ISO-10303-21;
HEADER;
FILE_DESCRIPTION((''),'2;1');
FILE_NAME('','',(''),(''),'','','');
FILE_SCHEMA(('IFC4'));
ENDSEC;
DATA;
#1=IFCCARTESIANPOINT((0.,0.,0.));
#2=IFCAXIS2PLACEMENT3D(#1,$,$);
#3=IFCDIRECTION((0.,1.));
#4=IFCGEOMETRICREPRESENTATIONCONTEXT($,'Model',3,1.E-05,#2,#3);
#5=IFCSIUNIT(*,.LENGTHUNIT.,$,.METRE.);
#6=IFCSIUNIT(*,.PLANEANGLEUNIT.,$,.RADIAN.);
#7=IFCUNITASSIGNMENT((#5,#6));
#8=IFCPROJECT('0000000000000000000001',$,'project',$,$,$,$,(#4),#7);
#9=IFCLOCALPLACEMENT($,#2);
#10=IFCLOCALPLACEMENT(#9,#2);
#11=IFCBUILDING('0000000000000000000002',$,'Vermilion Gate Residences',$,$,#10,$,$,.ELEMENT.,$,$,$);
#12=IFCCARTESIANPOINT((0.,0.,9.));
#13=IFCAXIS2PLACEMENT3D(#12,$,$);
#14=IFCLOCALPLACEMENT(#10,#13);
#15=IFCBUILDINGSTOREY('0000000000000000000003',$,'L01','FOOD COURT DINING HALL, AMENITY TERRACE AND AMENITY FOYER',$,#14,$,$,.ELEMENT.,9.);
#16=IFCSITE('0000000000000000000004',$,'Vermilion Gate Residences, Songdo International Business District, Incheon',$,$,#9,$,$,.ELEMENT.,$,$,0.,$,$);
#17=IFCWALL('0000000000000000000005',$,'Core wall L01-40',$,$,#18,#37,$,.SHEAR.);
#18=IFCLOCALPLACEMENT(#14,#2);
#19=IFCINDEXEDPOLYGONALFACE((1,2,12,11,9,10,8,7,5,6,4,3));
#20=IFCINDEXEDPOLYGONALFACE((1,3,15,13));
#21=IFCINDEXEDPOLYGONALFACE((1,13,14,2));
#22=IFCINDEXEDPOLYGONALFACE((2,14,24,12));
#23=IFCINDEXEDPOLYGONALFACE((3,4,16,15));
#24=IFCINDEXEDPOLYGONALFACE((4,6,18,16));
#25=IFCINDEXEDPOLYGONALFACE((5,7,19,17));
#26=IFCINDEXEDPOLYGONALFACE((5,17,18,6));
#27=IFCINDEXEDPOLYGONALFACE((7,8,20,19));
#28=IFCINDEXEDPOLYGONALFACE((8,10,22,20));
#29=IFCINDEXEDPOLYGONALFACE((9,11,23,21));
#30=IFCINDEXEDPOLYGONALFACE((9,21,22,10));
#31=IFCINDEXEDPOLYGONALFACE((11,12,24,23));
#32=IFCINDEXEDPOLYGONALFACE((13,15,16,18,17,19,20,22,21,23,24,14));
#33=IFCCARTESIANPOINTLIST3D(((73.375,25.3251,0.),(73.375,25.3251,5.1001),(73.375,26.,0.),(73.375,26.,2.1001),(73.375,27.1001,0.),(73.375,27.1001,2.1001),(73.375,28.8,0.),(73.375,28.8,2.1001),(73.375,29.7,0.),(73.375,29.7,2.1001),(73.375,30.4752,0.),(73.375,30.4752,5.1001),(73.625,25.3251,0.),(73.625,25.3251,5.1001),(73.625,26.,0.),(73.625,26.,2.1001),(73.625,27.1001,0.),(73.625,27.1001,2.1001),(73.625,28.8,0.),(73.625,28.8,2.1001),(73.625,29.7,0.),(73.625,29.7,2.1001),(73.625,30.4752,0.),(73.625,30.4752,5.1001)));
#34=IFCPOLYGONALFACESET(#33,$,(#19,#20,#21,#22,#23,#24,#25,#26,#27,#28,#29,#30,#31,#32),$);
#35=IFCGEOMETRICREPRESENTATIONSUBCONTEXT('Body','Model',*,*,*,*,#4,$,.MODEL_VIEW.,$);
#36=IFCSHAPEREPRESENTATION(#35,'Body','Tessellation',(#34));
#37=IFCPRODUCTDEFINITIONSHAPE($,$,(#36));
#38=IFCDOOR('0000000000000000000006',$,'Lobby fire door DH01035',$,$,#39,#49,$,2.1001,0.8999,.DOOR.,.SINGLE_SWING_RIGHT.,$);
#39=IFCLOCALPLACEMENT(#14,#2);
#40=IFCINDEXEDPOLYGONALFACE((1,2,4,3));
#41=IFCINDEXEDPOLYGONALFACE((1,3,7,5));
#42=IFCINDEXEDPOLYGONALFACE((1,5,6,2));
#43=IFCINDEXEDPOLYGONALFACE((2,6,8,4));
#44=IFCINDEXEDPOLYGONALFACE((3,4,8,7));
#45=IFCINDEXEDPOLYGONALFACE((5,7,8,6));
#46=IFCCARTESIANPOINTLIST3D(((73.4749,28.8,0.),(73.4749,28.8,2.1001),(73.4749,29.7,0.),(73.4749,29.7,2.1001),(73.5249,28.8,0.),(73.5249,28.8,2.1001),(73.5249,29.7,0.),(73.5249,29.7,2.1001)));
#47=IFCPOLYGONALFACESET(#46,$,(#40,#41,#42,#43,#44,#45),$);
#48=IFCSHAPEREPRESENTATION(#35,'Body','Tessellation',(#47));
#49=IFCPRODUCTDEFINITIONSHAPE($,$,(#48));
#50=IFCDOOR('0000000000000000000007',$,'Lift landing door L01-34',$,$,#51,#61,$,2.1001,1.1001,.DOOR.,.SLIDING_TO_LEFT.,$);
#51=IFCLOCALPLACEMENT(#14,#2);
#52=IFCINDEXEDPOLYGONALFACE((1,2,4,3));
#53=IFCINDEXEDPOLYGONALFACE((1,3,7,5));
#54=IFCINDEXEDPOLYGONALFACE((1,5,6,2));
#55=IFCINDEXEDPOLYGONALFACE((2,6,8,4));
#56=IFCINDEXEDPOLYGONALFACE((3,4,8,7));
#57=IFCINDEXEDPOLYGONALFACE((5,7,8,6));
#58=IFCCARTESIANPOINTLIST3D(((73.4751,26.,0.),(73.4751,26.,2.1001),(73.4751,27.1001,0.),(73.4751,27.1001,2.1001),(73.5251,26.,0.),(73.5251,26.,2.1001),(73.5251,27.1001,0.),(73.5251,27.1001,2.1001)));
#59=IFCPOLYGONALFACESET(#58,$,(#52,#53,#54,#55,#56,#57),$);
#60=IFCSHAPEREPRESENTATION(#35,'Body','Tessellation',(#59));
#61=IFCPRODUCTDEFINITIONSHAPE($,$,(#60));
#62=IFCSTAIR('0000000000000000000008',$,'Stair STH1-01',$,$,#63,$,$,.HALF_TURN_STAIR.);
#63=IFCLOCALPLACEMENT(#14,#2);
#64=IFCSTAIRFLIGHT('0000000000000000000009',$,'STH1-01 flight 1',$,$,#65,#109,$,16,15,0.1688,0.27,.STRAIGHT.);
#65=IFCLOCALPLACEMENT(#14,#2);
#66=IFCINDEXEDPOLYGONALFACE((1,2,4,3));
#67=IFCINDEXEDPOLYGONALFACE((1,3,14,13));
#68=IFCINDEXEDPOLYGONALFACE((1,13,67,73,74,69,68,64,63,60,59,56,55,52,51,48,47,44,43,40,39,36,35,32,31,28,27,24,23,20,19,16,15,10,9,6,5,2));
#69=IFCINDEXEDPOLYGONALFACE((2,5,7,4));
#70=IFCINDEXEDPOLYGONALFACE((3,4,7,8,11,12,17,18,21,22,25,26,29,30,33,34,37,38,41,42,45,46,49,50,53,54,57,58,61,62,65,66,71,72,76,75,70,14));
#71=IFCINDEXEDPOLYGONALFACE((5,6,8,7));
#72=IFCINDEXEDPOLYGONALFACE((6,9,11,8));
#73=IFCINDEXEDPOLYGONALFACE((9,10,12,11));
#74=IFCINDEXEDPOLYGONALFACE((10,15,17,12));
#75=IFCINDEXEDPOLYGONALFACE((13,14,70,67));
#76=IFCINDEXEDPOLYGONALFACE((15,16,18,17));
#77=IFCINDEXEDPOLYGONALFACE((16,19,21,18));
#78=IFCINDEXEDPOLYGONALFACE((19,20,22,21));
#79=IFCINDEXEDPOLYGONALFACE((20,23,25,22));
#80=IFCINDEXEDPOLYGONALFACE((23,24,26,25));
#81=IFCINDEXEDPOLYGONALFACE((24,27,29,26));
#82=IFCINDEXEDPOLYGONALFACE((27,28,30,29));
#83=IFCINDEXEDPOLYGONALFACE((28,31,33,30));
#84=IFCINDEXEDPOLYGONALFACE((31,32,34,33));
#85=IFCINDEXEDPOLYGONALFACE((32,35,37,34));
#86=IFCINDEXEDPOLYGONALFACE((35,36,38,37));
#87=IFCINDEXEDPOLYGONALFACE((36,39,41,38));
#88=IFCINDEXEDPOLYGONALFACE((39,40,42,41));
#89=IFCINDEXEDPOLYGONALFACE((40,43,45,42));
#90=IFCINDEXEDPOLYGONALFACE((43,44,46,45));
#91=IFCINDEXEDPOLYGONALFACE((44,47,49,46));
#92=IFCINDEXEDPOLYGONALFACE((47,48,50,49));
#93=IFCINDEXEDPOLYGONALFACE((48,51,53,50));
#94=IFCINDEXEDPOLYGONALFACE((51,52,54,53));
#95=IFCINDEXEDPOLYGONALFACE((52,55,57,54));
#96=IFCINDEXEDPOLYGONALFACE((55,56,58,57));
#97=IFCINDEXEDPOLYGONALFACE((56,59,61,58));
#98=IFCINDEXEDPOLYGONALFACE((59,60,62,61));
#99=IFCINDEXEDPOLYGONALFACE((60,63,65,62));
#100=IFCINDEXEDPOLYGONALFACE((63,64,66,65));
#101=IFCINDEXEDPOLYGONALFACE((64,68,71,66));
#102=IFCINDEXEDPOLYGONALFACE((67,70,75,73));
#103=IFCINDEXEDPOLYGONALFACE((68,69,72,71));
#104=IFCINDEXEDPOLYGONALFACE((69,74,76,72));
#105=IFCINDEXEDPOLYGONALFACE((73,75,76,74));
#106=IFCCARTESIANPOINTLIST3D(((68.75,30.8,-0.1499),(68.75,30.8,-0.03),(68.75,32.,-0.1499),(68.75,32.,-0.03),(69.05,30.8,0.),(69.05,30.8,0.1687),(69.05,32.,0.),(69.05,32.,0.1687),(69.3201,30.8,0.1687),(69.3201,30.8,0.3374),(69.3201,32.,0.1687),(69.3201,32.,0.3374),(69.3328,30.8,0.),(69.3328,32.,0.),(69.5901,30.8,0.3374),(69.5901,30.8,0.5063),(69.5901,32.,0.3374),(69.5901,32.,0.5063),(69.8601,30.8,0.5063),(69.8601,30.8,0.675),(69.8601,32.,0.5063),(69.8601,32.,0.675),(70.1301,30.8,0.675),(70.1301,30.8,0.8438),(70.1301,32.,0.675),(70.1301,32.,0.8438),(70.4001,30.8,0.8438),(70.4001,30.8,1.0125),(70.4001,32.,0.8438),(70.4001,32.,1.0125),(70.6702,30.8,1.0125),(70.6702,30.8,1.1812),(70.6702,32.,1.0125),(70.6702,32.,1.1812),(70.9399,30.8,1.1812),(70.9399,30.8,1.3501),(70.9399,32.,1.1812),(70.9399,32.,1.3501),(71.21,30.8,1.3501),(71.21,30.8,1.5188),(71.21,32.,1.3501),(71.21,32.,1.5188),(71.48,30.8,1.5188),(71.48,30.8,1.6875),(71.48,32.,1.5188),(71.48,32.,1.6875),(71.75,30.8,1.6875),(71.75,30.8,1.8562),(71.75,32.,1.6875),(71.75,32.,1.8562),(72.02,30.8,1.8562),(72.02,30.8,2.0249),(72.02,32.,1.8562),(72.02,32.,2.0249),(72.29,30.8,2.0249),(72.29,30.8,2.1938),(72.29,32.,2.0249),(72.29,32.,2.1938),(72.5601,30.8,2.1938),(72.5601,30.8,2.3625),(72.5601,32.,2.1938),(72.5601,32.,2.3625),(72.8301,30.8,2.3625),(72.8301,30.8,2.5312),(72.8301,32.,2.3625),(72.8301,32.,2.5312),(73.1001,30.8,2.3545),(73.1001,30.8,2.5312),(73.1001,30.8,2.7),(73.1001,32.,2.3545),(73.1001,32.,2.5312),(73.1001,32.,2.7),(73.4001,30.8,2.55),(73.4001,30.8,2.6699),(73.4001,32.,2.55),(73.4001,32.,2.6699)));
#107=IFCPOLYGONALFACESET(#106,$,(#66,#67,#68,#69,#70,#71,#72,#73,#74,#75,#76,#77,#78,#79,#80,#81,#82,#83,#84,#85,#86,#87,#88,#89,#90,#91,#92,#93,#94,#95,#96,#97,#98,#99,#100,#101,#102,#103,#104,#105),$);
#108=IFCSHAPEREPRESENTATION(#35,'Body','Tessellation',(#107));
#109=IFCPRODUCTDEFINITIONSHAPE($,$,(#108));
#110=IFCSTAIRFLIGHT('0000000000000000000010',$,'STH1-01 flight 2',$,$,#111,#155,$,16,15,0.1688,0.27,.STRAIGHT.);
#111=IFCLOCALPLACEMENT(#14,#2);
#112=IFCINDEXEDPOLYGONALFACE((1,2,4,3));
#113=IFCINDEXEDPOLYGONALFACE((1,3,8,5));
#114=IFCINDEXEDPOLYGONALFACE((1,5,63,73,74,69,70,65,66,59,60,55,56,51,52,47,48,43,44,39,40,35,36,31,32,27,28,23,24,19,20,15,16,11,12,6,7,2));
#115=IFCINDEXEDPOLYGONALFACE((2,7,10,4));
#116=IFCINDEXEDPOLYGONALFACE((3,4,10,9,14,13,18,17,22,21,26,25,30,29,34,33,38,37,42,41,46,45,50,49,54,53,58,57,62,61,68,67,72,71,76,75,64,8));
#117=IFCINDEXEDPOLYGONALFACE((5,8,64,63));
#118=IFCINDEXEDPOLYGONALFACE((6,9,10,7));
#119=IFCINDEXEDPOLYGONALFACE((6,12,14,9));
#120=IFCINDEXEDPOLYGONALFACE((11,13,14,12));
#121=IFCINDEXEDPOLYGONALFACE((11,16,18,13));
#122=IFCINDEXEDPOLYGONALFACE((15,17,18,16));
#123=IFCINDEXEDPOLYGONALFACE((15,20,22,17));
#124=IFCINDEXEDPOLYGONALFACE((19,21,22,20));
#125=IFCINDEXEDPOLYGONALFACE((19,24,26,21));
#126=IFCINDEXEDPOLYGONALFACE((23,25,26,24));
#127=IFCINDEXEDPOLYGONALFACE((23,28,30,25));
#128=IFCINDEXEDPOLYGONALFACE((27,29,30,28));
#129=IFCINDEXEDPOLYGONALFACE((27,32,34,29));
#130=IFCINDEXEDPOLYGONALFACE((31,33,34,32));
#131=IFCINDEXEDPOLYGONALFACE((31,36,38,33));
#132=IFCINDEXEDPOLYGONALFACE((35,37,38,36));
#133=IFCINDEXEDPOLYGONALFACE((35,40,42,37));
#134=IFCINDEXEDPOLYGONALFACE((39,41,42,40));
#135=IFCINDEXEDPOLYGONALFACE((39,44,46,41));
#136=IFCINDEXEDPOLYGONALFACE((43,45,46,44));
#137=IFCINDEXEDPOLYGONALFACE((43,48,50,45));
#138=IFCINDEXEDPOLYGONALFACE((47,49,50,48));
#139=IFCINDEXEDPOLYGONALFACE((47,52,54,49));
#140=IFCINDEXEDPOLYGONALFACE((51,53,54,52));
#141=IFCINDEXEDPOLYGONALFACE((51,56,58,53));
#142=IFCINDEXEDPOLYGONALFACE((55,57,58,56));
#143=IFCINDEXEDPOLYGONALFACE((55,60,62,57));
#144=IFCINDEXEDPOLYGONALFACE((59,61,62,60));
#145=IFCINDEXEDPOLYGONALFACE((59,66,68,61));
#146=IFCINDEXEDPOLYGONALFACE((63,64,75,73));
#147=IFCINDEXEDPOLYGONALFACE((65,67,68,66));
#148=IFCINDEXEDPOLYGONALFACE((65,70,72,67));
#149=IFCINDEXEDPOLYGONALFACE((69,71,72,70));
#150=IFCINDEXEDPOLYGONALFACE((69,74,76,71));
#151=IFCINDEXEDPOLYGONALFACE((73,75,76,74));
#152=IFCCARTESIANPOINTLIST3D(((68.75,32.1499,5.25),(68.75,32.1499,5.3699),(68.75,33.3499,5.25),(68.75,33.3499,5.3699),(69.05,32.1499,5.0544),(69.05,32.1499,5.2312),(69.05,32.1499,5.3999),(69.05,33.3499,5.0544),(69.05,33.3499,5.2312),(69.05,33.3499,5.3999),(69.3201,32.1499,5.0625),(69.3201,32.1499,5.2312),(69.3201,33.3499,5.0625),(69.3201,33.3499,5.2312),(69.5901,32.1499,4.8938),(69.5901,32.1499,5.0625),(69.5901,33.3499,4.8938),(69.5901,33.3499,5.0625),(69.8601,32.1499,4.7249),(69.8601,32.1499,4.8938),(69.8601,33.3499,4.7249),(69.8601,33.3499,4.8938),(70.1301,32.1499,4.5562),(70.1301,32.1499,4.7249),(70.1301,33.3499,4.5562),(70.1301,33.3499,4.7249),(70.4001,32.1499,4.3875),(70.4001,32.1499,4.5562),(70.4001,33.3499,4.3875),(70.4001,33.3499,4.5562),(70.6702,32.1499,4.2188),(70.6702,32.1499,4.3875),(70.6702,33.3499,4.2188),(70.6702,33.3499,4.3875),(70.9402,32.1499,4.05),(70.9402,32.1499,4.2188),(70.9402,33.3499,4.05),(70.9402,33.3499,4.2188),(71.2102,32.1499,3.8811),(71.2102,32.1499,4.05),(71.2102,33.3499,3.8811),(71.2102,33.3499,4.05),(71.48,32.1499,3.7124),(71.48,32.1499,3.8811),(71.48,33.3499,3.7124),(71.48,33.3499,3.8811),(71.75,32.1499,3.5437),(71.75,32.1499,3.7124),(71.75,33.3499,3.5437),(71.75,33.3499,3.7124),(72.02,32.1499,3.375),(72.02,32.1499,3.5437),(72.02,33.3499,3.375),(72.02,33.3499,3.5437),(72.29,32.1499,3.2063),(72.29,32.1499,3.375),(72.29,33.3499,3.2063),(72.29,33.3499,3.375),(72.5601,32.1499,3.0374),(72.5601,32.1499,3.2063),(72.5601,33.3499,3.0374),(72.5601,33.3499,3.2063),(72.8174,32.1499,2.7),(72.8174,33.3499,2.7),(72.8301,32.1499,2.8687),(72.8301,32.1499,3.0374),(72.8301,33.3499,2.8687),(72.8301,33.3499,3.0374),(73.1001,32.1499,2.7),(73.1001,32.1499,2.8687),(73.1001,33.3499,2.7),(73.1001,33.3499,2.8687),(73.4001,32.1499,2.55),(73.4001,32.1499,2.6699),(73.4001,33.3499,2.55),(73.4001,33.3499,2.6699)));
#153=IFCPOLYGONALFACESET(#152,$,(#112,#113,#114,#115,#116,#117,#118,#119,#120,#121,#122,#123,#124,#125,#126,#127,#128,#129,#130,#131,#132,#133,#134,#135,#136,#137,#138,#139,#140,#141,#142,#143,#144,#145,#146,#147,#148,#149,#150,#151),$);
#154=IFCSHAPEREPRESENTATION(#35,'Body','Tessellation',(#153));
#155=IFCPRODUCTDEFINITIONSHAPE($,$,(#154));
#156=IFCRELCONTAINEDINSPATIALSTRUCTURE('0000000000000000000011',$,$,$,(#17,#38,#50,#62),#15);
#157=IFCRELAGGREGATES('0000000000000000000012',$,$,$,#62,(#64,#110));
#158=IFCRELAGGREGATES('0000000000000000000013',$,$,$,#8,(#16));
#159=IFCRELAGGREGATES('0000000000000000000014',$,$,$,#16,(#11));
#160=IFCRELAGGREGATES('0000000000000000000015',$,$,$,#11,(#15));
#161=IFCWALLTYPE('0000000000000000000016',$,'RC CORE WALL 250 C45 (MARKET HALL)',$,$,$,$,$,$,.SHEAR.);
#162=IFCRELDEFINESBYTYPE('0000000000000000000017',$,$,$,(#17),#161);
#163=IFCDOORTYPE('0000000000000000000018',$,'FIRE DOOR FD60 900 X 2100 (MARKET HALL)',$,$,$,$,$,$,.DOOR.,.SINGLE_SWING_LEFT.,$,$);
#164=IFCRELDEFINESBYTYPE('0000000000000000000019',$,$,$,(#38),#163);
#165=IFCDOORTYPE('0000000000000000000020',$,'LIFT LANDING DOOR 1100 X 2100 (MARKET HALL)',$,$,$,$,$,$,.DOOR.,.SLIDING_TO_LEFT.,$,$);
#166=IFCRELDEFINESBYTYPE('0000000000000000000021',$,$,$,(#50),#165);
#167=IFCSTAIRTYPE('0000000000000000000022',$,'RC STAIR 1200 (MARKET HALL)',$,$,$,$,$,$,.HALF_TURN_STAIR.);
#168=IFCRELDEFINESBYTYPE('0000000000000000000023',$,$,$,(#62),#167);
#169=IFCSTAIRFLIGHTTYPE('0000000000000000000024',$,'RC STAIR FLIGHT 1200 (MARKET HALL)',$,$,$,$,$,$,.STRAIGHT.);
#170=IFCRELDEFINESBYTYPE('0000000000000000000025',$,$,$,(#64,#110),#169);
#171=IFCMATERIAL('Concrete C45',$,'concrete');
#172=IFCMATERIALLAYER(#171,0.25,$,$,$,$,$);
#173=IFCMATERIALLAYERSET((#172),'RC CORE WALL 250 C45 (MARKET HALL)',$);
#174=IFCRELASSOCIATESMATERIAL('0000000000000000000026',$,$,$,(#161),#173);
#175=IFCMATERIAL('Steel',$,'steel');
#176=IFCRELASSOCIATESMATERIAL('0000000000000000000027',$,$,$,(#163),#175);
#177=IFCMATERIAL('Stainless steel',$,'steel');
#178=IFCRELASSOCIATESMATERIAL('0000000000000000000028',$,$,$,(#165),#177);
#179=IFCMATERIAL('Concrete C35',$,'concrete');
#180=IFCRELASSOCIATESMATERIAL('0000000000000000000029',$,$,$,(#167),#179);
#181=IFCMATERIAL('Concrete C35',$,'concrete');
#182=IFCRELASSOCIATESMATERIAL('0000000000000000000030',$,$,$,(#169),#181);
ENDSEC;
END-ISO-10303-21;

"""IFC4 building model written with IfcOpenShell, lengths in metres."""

from ifc_helpers import new_model, si_unit, direction, frame, frame_2d, origin, place, context, subcontext, project, spatial, polyline, rectangle, outline, extrude, material, layer, layer_set, type_object, element, fill, aggregate, save


model = new_model("IFC4")

# Units and contexts
model_context = context("Model", 3, precision=1e-05, world=origin(), true_north=direction((0.0, 1.0)))
body_context = subcontext(model_context, "Body", "Model", "MODEL_VIEW")
ifc_project = project(units=[si_unit("LENGTHUNIT", "METRE"), si_unit("PLANEANGLEUNIT", "RADIAN")], contexts=[model_context])

# Site, building, storey
site_placement = place(None, origin())
site = spatial("IfcSite", under=ifc_project, at=site_placement, Name="Vermilion Gate Residences, Songdo International Business District, Incheon", CompositionType="ELEMENT", RefElevation=0.0)
building_placement = place(site_placement, origin())
building = spatial("IfcBuilding", under=site, at=building_placement, Name="Vermilion Gate Residences", CompositionType="ELEMENT")
storey_placement = place(building_placement, frame((0.0, 0.0, 9.0)))
storey = spatial("IfcBuildingStorey", under=building, at=storey_placement, Name="L01", Description="FOOD COURT DINING HALL, AMENITY TERRACE AND AMENITY FOYER", CompositionType="ELEMENT", Elevation=9.0)

# Shared definitions
ifc_material_1 = material(Name="Concrete C45", Category="concrete")
ifc_layer_1 = layer(ifc_material_1, 0.25)
ifc_layer_set_1 = layer_set([ifc_layer_1], Name="RC CORE WALL 250 C45 (MARKET HALL)")
wall_type_1 = type_object("IfcWallType", Name="RC CORE WALL 250 C45 (MARKET HALL)", PredefinedType="SHEAR", material=ifc_layer_set_1)

# Wall, openings, doors
wall_1_placement = place(storey_placement, frame((73.5, 25.325, 0.0), z_axis=(0.0, 0.0, 1.0), x_axis=(0.0, 1.0, 0.0)))
wall_1 = element("IfcWall", 1, at=wall_1_placement, inside=storey, type_object=wall_type_1, Name="Core wall L01-40", PredefinedType="SHEAR", context=body_context, shape_type="SweptSolid", body=[
    extrude(rectangle(XDim=5.1501, YDim=0.25, at=frame_2d((2.5752, 0.0))), origin(), (0.0, 0.0, 1.0), 5.1001),
])
opening_1_placement = place(wall_1_placement, frame((0.675, 0.0, 0.0)))
opening_1 = element("IfcOpeningElement", 2, at=opening_1_placement, cuts=wall_1, PredefinedType="OPENING", context=body_context, shape_type="SweptSolid", body=[
    extrude(rectangle(XDim=1.1001, YDim=2.1001, at=frame_2d((0.55, 1.05))), frame((0.0, 0.135, 0.0), z_axis=(0.0, -1.0, 0.0), x_axis=(1.0, 0.0, 0.0)), (0.0, 0.0, 1.0), 0.27),
])
opening_2_placement = place(wall_1_placement, frame((3.4751, 0.0, 0.0)))
opening_2 = element("IfcOpeningElement", 3, at=opening_2_placement, cuts=wall_1, PredefinedType="OPENING", context=body_context, shape_type="SweptSolid", body=[
    extrude(rectangle(XDim=0.8999, YDim=2.1001, at=frame_2d((0.45, 1.05))), frame((0.0, 0.135, 0.0), z_axis=(0.0, -1.0, 0.0), x_axis=(1.0, 0.0, 0.0)), (0.0, 0.0, 1.0), 0.27),
])
ifc_material_2 = material(Name="Steel", Category="steel")
door_type_1 = type_object("IfcDoorType", Name="FIRE DOOR FD60 900 X 2100 (MARKET HALL)", OperationType="SINGLE_SWING_LEFT", PredefinedType="DOOR", material=ifc_material_2)
door_1_placement = place(opening_2_placement, frame((0.8999, 0.0, 0.0), z_axis=(0.0, 0.0, 1.0), x_axis=(-1.0, 0.0, 0.0)))
door_1 = element("IfcDoor", 4, at=door_1_placement, inside=storey, type_object=door_type_1, Name="Lobby fire door DH01035", OperationType="SINGLE_SWING_RIGHT", OverallHeight=2.1001, OverallWidth=0.8999, PredefinedType="DOOR", context=body_context, shape_type="SweptSolid", body=[
    extrude(rectangle(XDim=0.8999, YDim=2.1001, at=frame_2d((0.45, 1.05))), frame((0.0, 0.0249, 0.0), z_axis=(0.0, -1.0, 0.0), x_axis=(1.0, 0.0, 0.0)), (0.0, 0.0, 1.0), 0.05),
])
fill(opening_2, door_1)
ifc_material_3 = material(Name="Stainless steel", Category="steel")
door_type_2 = type_object("IfcDoorType", Name="LIFT LANDING DOOR 1100 X 2100 (MARKET HALL)", OperationType="SLIDING_TO_LEFT", PredefinedType="DOOR", material=ifc_material_3)
door_2_placement = place(opening_1_placement, origin())
door_2 = element("IfcDoor", 5, at=door_2_placement, inside=storey, type_object=door_type_2, Name="Lift landing door L01-34", OperationType="SLIDING_TO_LEFT", OverallHeight=2.1001, OverallWidth=1.1001, PredefinedType="DOOR", context=body_context, shape_type="SweptSolid", body=[
    extrude(rectangle(XDim=1.1001, YDim=2.1001, at=frame_2d((0.55, 1.05))), frame((0.0, 0.0249, 0.0), z_axis=(0.0, -1.0, 0.0), x_axis=(1.0, 0.0, 0.0)), (0.0, 0.0, 1.0), 0.05),
])
fill(opening_1, door_2)

# Stair, stair flights
ifc_material_4 = material(Name="Concrete C35", Category="concrete")
stair_type = type_object("IfcStairType", Name="RC STAIR 1200 (MARKET HALL)", PredefinedType="HALF_TURN_STAIR", material=ifc_material_4)
stair_placement = place(storey_placement, origin())
stair = element("IfcStair", 6, at=stair_placement, inside=storey, type_object=stair_type, Name="Stair STH1-01", PredefinedType="HALF_TURN_STAIR")
ifc_material_5 = material(Name="Concrete C35", Category="concrete")
stair_flight_type = type_object("IfcStairFlightType", Name="RC STAIR FLIGHT 1200 (MARKET HALL)", PredefinedType="STRAIGHT", material=ifc_material_5)
stair_flight_1_placement = place(storey_placement, frame((69.05, 31.3999, 0.0), z_axis=(0.0, 0.0, 1.0), x_axis=(1.0, 0.0, 0.0)))
stair_flight_1 = element("IfcStairFlight", 7, at=stair_flight_1_placement, type_object=stair_flight_type, Name="STH1-01 flight 1", NumberOfRisers=16, NumberOfTreads=15, PredefinedType="STRAIGHT", RiserHeight=0.1688, TreadLength=0.27, context=body_context, shape_type="SweptSolid", body=[
    extrude(outline(polyline([(-0.3, -0.1499), (-0.3, -0.03), (0.0, 0.0), (0.0, 0.1687), (0.27, 0.1687), (0.27, 0.3374), (0.54, 0.3374), (0.54, 0.5063), (0.8101, 0.5063), (0.8101, 0.675), (1.0801, 0.675), (1.0801, 0.8438), (1.3501, 0.8438), (1.3501, 1.0125), (1.6201, 1.0125), (1.6201, 1.1812), (1.8899, 1.1812), (1.8899, 1.3501), (2.1599, 1.3501), (2.1599, 1.5188), (2.4299, 1.5188), (2.4299, 1.6875), (2.7, 1.6875), (2.7, 1.8562), (2.97, 1.8562), (2.97, 2.0249), (3.24, 2.0249), (3.24, 2.1938), (3.51, 2.1938), (3.51, 2.3625), (3.78, 2.3625), (3.78, 2.5312), (4.05, 2.5312), (4.05, 2.7), (4.3501, 2.6699), (4.3501, 2.55), (4.05, 2.3545), (0.2827, 0.0), (-0.3, -0.1499)])), frame((0.0, 0.6001, 0.0), z_axis=(0.0, -1.0, 0.0), x_axis=(1.0, 0.0, 0.0)), (0.0, 0.0, 1.0), 1.2),
])
stair_flight_2_placement = place(storey_placement, frame((73.1001, 32.75, 2.7), z_axis=(0.0, 0.0, 1.0), x_axis=(-1.0, 0.0, 0.0)))
stair_flight_2 = element("IfcStairFlight", 8, at=stair_flight_2_placement, type_object=stair_flight_type, Name="STH1-01 flight 2", NumberOfRisers=16, NumberOfTreads=15, PredefinedType="STRAIGHT", RiserHeight=0.1688, TreadLength=0.27, context=body_context, shape_type="SweptSolid", body=[
    extrude(outline(polyline([(-0.3, -0.1499), (-0.3, -0.03), (0.0, 0.0), (0.0, 0.1687), (0.27, 0.1687), (0.27, 0.3374), (0.54, 0.3374), (0.54, 0.5063), (0.8101, 0.5063), (0.8101, 0.675), (1.0801, 0.675), (1.0801, 0.8438), (1.3501, 0.8438), (1.3501, 1.0125), (1.6201, 1.0125), (1.6201, 1.1812), (1.8899, 1.1812), (1.8899, 1.3501), (2.1599, 1.3501), (2.1599, 1.5188), (2.4299, 1.5188), (2.4299, 1.6875), (2.7, 1.6875), (2.7, 1.8562), (2.97, 1.8562), (2.97, 2.0249), (3.24, 2.0249), (3.24, 2.1938), (3.51, 2.1938), (3.51, 2.3625), (3.78, 2.3625), (3.78, 2.5312), (4.05, 2.5312), (4.05, 2.7), (4.3501, 2.6699), (4.3501, 2.55), (4.05, 2.3545), (0.2827, 0.0), (-0.3, -0.1499)])), frame((0.0, 0.6001, 0.0), z_axis=(0.0, -1.0, 0.0), x_axis=(1.0, 0.0, 0.0)), (0.0, 0.0, 1.0), 1.2),
])
aggregate(stair, [stair_flight_1, stair_flight_2])

save(model, "model.ifc")
